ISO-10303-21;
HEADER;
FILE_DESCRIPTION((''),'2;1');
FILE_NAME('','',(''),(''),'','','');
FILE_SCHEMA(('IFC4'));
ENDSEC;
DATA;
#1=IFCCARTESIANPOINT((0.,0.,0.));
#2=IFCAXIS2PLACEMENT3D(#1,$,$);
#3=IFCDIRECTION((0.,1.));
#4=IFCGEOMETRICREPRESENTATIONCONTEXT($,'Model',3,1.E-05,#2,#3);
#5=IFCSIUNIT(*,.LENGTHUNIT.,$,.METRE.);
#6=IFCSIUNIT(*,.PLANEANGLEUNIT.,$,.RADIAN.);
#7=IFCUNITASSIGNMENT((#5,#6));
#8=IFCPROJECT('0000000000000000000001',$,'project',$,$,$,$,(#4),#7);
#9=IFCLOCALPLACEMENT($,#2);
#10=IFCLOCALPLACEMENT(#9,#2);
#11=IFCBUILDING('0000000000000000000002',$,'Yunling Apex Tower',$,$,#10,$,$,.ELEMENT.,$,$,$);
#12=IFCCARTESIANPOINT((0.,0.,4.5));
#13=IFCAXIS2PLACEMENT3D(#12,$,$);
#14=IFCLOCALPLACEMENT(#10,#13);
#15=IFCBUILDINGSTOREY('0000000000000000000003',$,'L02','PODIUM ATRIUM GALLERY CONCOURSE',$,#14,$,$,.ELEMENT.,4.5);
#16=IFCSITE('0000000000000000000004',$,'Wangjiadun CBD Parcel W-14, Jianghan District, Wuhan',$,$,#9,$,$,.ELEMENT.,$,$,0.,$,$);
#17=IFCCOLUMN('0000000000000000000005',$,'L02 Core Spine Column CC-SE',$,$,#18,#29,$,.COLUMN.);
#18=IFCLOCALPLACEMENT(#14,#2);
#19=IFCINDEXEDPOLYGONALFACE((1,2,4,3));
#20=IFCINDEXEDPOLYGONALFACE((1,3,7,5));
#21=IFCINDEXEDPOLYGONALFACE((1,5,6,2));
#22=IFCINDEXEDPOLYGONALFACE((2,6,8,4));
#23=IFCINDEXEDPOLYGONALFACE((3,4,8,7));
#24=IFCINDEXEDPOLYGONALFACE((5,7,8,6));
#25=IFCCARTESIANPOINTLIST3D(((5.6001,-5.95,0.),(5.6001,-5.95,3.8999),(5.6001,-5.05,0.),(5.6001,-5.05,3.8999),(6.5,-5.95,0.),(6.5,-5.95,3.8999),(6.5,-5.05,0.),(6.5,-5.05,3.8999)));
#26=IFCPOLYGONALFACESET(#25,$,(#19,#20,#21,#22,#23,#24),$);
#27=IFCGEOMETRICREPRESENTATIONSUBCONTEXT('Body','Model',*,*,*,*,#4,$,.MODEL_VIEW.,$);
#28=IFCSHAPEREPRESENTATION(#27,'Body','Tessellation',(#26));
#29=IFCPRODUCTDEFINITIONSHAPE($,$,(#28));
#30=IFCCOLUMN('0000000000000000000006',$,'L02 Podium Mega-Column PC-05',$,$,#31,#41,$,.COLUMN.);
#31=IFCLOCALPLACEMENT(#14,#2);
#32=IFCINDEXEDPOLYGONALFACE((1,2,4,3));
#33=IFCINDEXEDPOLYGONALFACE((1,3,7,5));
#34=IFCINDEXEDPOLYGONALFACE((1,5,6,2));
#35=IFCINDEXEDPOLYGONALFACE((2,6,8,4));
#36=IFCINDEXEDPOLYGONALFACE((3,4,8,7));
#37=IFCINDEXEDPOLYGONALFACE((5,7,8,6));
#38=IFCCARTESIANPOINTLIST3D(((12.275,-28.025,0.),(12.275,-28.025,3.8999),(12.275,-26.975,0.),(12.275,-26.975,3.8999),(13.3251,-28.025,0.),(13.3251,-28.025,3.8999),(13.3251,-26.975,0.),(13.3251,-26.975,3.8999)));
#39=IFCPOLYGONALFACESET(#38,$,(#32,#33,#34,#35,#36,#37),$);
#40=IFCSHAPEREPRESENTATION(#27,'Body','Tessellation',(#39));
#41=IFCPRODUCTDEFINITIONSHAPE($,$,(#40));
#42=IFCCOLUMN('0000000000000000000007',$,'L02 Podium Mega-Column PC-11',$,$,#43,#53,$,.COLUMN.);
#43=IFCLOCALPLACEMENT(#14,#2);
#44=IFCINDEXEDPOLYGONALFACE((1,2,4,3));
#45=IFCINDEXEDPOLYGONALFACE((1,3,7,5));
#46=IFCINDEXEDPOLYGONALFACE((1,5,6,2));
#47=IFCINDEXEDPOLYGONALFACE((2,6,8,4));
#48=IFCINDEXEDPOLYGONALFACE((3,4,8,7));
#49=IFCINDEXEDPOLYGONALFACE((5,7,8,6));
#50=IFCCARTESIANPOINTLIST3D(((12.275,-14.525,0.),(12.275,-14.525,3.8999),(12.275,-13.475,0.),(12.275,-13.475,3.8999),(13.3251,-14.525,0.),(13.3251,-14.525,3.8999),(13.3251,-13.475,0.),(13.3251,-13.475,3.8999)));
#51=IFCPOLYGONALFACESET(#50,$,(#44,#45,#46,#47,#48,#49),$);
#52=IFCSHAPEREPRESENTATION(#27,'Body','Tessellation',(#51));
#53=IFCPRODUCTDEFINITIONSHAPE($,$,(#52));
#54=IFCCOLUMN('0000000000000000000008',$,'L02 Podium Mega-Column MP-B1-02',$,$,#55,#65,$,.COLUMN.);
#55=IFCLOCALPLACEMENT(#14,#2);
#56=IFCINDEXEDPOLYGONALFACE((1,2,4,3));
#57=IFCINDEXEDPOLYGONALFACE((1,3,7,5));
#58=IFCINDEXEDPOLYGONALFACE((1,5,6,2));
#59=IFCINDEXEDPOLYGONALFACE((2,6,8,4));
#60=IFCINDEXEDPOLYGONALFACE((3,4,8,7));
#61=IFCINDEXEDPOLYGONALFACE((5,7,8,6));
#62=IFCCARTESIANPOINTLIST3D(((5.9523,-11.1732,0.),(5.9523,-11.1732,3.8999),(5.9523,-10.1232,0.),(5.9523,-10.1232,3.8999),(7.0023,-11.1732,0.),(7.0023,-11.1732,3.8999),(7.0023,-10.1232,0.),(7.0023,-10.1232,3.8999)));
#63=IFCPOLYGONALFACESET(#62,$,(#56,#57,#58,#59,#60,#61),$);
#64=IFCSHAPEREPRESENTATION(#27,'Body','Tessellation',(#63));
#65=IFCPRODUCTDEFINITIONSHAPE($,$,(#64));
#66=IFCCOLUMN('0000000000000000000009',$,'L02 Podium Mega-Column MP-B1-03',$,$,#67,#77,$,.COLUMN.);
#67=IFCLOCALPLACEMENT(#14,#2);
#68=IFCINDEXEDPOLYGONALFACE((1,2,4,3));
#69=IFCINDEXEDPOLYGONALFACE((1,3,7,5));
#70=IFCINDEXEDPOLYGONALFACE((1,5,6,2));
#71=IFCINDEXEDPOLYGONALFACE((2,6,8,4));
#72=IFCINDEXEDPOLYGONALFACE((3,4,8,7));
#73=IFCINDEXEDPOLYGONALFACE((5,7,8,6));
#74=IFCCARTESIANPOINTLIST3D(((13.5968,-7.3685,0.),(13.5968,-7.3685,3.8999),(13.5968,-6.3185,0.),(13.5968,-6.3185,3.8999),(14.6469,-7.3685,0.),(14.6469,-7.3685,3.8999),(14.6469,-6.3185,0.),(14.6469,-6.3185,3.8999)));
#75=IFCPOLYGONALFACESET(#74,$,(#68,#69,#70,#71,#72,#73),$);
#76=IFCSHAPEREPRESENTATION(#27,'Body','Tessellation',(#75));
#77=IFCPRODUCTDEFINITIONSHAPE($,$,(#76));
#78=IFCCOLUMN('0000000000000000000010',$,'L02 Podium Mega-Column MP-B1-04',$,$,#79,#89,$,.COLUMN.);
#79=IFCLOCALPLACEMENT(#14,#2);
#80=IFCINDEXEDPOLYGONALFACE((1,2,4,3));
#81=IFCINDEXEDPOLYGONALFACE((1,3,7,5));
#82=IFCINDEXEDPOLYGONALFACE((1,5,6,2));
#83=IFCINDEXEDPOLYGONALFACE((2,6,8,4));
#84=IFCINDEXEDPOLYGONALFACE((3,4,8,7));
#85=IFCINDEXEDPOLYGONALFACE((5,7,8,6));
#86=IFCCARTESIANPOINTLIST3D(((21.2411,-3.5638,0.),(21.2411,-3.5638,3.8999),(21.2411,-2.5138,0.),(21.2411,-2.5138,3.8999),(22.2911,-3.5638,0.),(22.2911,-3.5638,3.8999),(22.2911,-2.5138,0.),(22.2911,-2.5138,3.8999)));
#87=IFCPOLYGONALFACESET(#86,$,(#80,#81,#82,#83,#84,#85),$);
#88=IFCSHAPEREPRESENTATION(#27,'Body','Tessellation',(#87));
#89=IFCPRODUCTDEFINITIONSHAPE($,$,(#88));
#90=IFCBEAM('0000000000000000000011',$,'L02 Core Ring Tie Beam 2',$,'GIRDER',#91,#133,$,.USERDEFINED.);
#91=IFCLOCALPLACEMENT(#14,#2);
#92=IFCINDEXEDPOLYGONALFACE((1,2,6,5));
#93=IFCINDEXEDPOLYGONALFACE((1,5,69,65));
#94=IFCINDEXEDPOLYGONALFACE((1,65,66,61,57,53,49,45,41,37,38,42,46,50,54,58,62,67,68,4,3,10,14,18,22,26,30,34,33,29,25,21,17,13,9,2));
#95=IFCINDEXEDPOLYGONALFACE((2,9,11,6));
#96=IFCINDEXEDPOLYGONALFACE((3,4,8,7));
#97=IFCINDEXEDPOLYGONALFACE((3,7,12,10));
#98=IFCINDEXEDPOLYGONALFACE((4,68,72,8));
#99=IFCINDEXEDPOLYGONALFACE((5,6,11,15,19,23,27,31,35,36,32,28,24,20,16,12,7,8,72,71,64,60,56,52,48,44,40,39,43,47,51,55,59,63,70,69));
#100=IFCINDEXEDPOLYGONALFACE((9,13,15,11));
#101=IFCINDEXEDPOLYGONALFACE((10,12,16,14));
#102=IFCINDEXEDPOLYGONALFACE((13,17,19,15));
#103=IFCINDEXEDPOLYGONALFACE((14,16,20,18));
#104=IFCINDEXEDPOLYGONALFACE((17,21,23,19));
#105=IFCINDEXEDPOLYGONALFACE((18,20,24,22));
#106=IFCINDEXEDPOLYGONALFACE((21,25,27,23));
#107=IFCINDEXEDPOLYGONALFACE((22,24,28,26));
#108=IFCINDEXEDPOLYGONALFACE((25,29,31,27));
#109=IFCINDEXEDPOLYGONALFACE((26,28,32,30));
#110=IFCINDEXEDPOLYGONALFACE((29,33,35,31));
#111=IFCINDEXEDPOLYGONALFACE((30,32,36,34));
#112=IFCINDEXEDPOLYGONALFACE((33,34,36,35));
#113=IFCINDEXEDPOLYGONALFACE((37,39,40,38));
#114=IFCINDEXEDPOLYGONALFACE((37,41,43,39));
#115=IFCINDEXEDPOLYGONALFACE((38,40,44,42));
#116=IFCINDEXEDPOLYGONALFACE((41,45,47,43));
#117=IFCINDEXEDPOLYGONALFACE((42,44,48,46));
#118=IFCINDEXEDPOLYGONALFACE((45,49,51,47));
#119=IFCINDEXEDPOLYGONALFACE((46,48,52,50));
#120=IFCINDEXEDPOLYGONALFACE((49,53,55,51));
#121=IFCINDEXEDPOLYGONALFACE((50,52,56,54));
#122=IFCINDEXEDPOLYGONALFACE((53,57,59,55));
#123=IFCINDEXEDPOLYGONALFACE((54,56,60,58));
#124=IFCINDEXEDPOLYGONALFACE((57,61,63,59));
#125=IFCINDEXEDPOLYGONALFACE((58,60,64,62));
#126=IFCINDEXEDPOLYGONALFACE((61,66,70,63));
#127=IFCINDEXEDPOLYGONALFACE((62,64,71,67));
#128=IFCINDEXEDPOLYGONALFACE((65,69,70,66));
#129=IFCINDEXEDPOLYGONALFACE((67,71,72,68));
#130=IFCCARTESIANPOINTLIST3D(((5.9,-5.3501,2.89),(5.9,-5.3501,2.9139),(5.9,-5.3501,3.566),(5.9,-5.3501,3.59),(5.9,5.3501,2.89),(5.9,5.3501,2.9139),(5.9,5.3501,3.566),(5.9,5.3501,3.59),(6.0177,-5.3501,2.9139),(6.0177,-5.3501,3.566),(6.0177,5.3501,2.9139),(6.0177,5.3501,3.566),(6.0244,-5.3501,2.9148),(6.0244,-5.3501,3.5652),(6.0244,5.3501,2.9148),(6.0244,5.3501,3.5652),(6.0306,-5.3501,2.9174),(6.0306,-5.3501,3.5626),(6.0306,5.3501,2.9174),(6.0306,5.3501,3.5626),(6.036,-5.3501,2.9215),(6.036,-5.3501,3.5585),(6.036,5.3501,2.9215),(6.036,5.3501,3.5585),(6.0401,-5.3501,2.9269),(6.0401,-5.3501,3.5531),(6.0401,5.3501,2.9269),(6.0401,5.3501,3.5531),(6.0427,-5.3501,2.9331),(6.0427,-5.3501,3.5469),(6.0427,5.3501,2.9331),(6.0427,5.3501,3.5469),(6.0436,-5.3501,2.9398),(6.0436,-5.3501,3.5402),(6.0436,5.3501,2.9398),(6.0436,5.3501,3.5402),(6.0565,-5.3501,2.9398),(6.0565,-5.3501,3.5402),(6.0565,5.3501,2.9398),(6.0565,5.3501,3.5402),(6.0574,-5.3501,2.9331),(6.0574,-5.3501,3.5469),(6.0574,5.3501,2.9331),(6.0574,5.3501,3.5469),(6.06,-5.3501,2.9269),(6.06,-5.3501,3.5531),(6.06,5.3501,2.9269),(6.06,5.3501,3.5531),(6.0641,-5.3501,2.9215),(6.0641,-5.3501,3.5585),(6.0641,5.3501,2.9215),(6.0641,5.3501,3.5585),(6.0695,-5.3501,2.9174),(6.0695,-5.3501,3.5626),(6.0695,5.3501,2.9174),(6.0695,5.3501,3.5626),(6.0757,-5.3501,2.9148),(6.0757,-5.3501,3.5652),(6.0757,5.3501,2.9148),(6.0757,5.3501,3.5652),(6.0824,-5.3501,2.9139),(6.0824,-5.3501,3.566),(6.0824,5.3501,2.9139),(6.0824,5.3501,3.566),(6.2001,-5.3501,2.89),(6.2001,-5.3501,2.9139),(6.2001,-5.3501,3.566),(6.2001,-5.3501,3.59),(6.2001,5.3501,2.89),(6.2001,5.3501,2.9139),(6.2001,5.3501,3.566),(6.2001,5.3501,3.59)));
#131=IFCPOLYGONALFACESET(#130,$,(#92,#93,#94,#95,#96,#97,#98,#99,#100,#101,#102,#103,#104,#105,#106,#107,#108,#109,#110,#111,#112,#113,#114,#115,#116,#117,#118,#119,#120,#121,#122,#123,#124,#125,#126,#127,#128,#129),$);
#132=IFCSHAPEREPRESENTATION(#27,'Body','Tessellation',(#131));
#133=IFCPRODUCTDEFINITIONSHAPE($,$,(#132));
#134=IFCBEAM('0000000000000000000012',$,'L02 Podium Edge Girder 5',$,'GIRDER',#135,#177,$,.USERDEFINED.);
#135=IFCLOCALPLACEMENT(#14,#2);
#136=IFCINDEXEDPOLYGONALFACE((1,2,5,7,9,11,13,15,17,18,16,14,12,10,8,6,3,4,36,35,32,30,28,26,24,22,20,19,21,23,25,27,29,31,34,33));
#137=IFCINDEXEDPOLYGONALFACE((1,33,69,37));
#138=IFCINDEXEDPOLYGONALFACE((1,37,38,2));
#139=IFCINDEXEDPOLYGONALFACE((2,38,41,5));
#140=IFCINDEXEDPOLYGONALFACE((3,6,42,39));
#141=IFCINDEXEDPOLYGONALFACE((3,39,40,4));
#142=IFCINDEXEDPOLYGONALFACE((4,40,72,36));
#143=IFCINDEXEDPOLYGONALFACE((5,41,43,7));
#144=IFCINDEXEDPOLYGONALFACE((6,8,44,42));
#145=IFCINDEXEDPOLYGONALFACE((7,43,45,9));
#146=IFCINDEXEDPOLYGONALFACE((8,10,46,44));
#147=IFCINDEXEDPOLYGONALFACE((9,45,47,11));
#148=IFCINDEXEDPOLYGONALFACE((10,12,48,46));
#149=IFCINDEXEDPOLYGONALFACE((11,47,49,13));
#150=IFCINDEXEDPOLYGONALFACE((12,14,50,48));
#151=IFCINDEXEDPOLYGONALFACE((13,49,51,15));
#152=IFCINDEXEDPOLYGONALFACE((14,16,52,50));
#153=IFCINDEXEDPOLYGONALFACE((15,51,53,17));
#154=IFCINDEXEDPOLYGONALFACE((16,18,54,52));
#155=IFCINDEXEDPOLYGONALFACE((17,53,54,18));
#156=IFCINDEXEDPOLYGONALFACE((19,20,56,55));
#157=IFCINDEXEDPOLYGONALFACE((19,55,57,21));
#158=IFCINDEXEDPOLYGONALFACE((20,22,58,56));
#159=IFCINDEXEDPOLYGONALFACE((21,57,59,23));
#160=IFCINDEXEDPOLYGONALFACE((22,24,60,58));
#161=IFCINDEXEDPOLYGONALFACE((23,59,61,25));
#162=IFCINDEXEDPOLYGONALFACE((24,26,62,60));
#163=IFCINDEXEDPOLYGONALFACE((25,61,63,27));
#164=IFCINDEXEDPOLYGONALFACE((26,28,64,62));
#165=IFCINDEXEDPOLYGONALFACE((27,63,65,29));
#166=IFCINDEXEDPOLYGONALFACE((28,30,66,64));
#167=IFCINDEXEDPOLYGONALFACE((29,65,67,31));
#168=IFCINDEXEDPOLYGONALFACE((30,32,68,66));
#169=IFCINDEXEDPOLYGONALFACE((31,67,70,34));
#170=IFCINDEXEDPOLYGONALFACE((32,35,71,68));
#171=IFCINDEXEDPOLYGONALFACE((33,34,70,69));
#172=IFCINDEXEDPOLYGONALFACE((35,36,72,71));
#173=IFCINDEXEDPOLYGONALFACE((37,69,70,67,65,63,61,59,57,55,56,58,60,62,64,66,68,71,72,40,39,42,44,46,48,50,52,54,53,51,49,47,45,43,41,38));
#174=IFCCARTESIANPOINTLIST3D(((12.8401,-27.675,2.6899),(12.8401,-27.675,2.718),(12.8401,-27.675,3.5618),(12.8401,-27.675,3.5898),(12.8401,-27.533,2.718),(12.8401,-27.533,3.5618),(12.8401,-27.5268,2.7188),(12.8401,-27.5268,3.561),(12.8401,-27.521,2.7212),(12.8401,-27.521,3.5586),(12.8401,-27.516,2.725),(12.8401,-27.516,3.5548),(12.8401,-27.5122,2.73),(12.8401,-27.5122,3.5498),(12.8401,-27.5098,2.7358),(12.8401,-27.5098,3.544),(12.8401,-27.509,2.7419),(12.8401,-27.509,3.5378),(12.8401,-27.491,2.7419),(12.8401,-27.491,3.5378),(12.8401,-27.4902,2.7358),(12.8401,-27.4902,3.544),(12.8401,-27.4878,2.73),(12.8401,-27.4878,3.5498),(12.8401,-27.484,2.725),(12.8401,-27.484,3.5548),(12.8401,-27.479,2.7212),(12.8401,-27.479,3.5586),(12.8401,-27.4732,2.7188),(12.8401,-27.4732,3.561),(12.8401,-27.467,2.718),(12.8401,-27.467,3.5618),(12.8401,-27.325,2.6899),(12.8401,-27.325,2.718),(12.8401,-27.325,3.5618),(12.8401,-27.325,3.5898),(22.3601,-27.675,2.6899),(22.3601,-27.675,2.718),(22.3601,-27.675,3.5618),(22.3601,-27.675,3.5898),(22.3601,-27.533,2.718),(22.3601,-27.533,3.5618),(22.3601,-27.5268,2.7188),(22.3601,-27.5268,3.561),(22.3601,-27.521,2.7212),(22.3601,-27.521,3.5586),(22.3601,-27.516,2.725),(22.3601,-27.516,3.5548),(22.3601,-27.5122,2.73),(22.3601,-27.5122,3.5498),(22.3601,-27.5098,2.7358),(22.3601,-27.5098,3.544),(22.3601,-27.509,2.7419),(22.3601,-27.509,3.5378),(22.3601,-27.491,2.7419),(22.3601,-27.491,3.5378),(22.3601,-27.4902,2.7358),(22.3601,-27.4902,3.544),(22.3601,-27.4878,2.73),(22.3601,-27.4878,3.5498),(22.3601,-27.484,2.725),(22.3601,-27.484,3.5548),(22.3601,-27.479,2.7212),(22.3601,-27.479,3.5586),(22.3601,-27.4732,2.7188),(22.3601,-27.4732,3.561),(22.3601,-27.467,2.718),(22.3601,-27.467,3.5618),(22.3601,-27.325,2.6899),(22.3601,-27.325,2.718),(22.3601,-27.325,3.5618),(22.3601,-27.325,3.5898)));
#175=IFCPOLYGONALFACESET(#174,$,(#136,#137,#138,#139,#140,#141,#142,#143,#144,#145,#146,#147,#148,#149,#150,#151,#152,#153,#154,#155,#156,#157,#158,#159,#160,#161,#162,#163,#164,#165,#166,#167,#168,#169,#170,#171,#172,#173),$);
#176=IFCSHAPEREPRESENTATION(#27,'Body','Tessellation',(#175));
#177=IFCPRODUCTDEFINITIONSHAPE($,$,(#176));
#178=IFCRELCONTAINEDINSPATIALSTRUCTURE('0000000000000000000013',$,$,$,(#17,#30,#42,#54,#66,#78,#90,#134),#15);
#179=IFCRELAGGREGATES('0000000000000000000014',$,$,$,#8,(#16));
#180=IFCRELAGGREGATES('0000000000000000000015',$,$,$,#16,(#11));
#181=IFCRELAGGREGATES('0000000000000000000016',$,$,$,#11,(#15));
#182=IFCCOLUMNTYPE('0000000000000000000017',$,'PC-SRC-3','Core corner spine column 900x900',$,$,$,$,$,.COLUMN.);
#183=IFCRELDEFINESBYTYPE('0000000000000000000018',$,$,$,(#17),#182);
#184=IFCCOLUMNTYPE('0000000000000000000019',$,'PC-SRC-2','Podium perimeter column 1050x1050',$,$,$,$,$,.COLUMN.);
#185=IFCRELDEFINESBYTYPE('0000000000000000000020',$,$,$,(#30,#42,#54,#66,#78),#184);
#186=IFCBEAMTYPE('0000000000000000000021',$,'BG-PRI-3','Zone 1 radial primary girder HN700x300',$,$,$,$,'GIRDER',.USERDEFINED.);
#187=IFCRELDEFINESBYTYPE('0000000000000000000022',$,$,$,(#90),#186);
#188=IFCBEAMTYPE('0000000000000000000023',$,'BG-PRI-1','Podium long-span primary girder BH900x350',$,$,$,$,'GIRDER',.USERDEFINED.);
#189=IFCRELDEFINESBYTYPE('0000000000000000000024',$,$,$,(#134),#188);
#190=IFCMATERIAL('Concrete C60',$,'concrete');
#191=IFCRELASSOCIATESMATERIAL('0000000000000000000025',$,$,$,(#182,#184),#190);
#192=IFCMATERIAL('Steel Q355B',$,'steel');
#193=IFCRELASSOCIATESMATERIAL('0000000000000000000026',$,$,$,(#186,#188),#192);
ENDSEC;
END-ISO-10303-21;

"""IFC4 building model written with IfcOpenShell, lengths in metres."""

from ifc_helpers import new_model, si_unit, direction, frame, origin, origin_2d, place, context, subcontext, project, spatial, rectangle, i_section, extrude, source, transform, mapped, material, material_profile, profile_set, type_object, element, save


model = new_model("IFC4")

# Units and contexts
model_context = context("Model", 3, precision=1e-05, world=origin(), true_north=direction((0.0, 1.0)))
body_context = subcontext(model_context, "Body", "Model", "MODEL_VIEW")
ifc_project = project(units=[si_unit("LENGTHUNIT", "METRE"), si_unit("PLANEANGLEUNIT", "RADIAN")], contexts=[model_context])

# Site, building, storey
site_placement = place(None, origin())
site = spatial("IfcSite", under=ifc_project, at=site_placement, Name="Wangjiadun CBD Parcel W-14, Jianghan District, Wuhan", CompositionType="ELEMENT", RefElevation=0.0)
building_placement = place(site_placement, origin())
building = spatial("IfcBuilding", under=site, at=building_placement, Name="Yunling Apex Tower", CompositionType="ELEMENT")
storey_placement = place(building_placement, frame((0.0, 0.0, 4.5)))
storey = spatial("IfcBuildingStorey", under=building, at=storey_placement, Name="L02", Description="PODIUM ATRIUM GALLERY CONCOURSE", CompositionType="ELEMENT", Elevation=4.5)

# Columns
ifc_material_1 = material(Name="Concrete C60", Category="concrete")
ifc_material_profile_1 = material_profile(ifc_material_1, rectangle(XDim=0.8999, YDim=0.8999, at=origin_2d()))
ifc_profile_set_1 = profile_set([ifc_material_profile_1], Name="Concrete C60")
column_type_1 = type_object("IfcColumnType", Name="PC-SRC-3", Description="Core corner spine column 900x900", PredefinedType="COLUMN", material=ifc_profile_set_1)
shared_shape_1 = source(origin(), body_context, "Body", "SweptSolid", [
    extrude(rectangle(XDim=0.8999, YDim=0.8999, at=origin_2d()), origin(), (0.0, 0.0, 1.0), 3.8999),
])
column_placement = place(storey_placement, frame((6.05, -5.5, 0.0), z_axis=(0.0, 0.0, 1.0), x_axis=(1.0, 0.0, 0.0)))
element("IfcColumn", 1, at=column_placement, inside=storey, type_object=column_type_1, Name="L02 Core Spine Column CC-SE", PredefinedType="COLUMN", context=body_context, shape_type="MappedRepresentation", body=[
    mapped(shared_shape_1, transform((0.0, 0.0, 0.0), scale=1.0)),
])
ifc_material_profile_2 = material_profile(ifc_material_1, rectangle(XDim=1.05, YDim=1.05, at=origin_2d()))
ifc_profile_set_2 = profile_set([ifc_material_profile_2], Name="Concrete C60")
column_type_2 = type_object("IfcColumnType", Name="PC-SRC-2", Description="Podium perimeter column 1050x1050", PredefinedType="COLUMN", material=ifc_profile_set_2)
shared_shape_2 = source(origin(), body_context, "Body", "SweptSolid", [
    extrude(rectangle(XDim=1.05, YDim=1.05, at=origin_2d()), origin(), (0.0, 0.0, 1.0), 3.8999),
])
for number, where, z_axis, x_axis, name in (
    (2, (12.8, -27.5, 0.0), (0.0, 0.0, 1.0), (1.0, 0.0, 0.0), "L02 Podium Mega-Column PC-05"),
    (3, (12.8, -14.0, 0.0), (0.0, 0.0, 1.0), (1.0, 0.0, 0.0), "L02 Podium Mega-Column PC-11"),
    (4, (6.4773, -10.6482, 0.0), (0.0, 0.0, 1.0), (1.0, 0.0, 0.0), "L02 Podium Mega-Column MP-B1-02"),
    (5, (14.1218, -6.8435, 0.0), (0.0, 0.0, 1.0), (1.0, 0.0, 0.0), "L02 Podium Mega-Column MP-B1-03"),
    (6, (21.7661, -3.0388, 0.0), (0.0, 0.0, 1.0), (1.0, 0.0, 0.0), "L02 Podium Mega-Column MP-B1-04"),
):
    element("IfcColumn", number, at=place(storey_placement, frame(where, z_axis=z_axis, x_axis=x_axis)), inside=storey, type_object=column_type_2, Name=name, PredefinedType="COLUMN", context=body_context, shape_type="MappedRepresentation", body=[
        mapped(shared_shape_2, transform((0.0, 0.0, 0.0), scale=1.0)),
    ])

# Beams
ifc_material_2 = material(Name="Steel Q355B", Category="steel")
ifc_material_profile_3 = material_profile(ifc_material_2, i_section(OverallWidth=0.3, OverallDepth=0.7, WebThickness=0.0129, FlangeThickness=0.0239, FilletRadius=0.0259, at=origin_2d()))
ifc_profile_set_3 = profile_set([ifc_material_profile_3], Name="Steel Q355B")
beam_type_1 = type_object("IfcBeamType", Name="BG-PRI-3", Description="Zone 1 radial primary girder HN700x300", ElementType="GIRDER", PredefinedType="USERDEFINED", material=ifc_profile_set_3)
shared_shape_3 = source(origin(), body_context, "Body", "SweptSolid", [
    extrude(i_section(OverallWidth=0.3, OverallDepth=0.7, WebThickness=0.0129, FlangeThickness=0.0239, FilletRadius=0.0259, at=origin_2d()), origin(), (0.0, 0.0, 1.0), 10.7002),
])
beam_1_placement = place(storey_placement, frame((6.05, -5.3501, 3.24), z_axis=(0.0, 1.0, 0.0), x_axis=(-1.0, 0.0, 0.0)))
element("IfcBeam", 7, at=beam_1_placement, inside=storey, type_object=beam_type_1, Name="L02 Core Ring Tie Beam 2", ObjectType="GIRDER", PredefinedType="USERDEFINED", context=body_context, shape_type="MappedRepresentation", body=[
    mapped(shared_shape_3, transform((0.0, 0.0, 0.0), scale=1.0)),
])
ifc_material_profile_4 = material_profile(ifc_material_2, i_section(OverallWidth=0.3501, OverallDepth=0.8999, WebThickness=0.0181, FlangeThickness=0.0281, FilletRadius=0.0239, at=origin_2d()))
ifc_profile_set_4 = profile_set([ifc_material_profile_4], Name="Steel Q355B")
beam_type_2 = type_object("IfcBeamType", Name="BG-PRI-1", Description="Podium long-span primary girder BH900x350", ElementType="GIRDER", PredefinedType="USERDEFINED", material=ifc_profile_set_4)
shared_shape_4 = source(origin(), body_context, "Body", "SweptSolid", [
    extrude(i_section(OverallWidth=0.3501, OverallDepth=0.8999, WebThickness=0.0181, FlangeThickness=0.0281, FilletRadius=0.0239, at=origin_2d()), origin(), (0.0, 0.0, 1.0), 9.52),
])
beam_2_placement = place(storey_placement, frame((12.8401, -27.5, 3.1399), z_axis=(1.0, 0.0, 0.0), x_axis=(0.0, 1.0, 0.0)))
element("IfcBeam", 8, at=beam_2_placement, inside=storey, type_object=beam_type_2, Name="L02 Podium Edge Girder 5", ObjectType="GIRDER", PredefinedType="USERDEFINED", context=body_context, shape_type="MappedRepresentation", body=[
    mapped(shared_shape_4, transform((0.0, 0.0, 0.0), scale=1.0)),
])

save(model, "model.ifc")
